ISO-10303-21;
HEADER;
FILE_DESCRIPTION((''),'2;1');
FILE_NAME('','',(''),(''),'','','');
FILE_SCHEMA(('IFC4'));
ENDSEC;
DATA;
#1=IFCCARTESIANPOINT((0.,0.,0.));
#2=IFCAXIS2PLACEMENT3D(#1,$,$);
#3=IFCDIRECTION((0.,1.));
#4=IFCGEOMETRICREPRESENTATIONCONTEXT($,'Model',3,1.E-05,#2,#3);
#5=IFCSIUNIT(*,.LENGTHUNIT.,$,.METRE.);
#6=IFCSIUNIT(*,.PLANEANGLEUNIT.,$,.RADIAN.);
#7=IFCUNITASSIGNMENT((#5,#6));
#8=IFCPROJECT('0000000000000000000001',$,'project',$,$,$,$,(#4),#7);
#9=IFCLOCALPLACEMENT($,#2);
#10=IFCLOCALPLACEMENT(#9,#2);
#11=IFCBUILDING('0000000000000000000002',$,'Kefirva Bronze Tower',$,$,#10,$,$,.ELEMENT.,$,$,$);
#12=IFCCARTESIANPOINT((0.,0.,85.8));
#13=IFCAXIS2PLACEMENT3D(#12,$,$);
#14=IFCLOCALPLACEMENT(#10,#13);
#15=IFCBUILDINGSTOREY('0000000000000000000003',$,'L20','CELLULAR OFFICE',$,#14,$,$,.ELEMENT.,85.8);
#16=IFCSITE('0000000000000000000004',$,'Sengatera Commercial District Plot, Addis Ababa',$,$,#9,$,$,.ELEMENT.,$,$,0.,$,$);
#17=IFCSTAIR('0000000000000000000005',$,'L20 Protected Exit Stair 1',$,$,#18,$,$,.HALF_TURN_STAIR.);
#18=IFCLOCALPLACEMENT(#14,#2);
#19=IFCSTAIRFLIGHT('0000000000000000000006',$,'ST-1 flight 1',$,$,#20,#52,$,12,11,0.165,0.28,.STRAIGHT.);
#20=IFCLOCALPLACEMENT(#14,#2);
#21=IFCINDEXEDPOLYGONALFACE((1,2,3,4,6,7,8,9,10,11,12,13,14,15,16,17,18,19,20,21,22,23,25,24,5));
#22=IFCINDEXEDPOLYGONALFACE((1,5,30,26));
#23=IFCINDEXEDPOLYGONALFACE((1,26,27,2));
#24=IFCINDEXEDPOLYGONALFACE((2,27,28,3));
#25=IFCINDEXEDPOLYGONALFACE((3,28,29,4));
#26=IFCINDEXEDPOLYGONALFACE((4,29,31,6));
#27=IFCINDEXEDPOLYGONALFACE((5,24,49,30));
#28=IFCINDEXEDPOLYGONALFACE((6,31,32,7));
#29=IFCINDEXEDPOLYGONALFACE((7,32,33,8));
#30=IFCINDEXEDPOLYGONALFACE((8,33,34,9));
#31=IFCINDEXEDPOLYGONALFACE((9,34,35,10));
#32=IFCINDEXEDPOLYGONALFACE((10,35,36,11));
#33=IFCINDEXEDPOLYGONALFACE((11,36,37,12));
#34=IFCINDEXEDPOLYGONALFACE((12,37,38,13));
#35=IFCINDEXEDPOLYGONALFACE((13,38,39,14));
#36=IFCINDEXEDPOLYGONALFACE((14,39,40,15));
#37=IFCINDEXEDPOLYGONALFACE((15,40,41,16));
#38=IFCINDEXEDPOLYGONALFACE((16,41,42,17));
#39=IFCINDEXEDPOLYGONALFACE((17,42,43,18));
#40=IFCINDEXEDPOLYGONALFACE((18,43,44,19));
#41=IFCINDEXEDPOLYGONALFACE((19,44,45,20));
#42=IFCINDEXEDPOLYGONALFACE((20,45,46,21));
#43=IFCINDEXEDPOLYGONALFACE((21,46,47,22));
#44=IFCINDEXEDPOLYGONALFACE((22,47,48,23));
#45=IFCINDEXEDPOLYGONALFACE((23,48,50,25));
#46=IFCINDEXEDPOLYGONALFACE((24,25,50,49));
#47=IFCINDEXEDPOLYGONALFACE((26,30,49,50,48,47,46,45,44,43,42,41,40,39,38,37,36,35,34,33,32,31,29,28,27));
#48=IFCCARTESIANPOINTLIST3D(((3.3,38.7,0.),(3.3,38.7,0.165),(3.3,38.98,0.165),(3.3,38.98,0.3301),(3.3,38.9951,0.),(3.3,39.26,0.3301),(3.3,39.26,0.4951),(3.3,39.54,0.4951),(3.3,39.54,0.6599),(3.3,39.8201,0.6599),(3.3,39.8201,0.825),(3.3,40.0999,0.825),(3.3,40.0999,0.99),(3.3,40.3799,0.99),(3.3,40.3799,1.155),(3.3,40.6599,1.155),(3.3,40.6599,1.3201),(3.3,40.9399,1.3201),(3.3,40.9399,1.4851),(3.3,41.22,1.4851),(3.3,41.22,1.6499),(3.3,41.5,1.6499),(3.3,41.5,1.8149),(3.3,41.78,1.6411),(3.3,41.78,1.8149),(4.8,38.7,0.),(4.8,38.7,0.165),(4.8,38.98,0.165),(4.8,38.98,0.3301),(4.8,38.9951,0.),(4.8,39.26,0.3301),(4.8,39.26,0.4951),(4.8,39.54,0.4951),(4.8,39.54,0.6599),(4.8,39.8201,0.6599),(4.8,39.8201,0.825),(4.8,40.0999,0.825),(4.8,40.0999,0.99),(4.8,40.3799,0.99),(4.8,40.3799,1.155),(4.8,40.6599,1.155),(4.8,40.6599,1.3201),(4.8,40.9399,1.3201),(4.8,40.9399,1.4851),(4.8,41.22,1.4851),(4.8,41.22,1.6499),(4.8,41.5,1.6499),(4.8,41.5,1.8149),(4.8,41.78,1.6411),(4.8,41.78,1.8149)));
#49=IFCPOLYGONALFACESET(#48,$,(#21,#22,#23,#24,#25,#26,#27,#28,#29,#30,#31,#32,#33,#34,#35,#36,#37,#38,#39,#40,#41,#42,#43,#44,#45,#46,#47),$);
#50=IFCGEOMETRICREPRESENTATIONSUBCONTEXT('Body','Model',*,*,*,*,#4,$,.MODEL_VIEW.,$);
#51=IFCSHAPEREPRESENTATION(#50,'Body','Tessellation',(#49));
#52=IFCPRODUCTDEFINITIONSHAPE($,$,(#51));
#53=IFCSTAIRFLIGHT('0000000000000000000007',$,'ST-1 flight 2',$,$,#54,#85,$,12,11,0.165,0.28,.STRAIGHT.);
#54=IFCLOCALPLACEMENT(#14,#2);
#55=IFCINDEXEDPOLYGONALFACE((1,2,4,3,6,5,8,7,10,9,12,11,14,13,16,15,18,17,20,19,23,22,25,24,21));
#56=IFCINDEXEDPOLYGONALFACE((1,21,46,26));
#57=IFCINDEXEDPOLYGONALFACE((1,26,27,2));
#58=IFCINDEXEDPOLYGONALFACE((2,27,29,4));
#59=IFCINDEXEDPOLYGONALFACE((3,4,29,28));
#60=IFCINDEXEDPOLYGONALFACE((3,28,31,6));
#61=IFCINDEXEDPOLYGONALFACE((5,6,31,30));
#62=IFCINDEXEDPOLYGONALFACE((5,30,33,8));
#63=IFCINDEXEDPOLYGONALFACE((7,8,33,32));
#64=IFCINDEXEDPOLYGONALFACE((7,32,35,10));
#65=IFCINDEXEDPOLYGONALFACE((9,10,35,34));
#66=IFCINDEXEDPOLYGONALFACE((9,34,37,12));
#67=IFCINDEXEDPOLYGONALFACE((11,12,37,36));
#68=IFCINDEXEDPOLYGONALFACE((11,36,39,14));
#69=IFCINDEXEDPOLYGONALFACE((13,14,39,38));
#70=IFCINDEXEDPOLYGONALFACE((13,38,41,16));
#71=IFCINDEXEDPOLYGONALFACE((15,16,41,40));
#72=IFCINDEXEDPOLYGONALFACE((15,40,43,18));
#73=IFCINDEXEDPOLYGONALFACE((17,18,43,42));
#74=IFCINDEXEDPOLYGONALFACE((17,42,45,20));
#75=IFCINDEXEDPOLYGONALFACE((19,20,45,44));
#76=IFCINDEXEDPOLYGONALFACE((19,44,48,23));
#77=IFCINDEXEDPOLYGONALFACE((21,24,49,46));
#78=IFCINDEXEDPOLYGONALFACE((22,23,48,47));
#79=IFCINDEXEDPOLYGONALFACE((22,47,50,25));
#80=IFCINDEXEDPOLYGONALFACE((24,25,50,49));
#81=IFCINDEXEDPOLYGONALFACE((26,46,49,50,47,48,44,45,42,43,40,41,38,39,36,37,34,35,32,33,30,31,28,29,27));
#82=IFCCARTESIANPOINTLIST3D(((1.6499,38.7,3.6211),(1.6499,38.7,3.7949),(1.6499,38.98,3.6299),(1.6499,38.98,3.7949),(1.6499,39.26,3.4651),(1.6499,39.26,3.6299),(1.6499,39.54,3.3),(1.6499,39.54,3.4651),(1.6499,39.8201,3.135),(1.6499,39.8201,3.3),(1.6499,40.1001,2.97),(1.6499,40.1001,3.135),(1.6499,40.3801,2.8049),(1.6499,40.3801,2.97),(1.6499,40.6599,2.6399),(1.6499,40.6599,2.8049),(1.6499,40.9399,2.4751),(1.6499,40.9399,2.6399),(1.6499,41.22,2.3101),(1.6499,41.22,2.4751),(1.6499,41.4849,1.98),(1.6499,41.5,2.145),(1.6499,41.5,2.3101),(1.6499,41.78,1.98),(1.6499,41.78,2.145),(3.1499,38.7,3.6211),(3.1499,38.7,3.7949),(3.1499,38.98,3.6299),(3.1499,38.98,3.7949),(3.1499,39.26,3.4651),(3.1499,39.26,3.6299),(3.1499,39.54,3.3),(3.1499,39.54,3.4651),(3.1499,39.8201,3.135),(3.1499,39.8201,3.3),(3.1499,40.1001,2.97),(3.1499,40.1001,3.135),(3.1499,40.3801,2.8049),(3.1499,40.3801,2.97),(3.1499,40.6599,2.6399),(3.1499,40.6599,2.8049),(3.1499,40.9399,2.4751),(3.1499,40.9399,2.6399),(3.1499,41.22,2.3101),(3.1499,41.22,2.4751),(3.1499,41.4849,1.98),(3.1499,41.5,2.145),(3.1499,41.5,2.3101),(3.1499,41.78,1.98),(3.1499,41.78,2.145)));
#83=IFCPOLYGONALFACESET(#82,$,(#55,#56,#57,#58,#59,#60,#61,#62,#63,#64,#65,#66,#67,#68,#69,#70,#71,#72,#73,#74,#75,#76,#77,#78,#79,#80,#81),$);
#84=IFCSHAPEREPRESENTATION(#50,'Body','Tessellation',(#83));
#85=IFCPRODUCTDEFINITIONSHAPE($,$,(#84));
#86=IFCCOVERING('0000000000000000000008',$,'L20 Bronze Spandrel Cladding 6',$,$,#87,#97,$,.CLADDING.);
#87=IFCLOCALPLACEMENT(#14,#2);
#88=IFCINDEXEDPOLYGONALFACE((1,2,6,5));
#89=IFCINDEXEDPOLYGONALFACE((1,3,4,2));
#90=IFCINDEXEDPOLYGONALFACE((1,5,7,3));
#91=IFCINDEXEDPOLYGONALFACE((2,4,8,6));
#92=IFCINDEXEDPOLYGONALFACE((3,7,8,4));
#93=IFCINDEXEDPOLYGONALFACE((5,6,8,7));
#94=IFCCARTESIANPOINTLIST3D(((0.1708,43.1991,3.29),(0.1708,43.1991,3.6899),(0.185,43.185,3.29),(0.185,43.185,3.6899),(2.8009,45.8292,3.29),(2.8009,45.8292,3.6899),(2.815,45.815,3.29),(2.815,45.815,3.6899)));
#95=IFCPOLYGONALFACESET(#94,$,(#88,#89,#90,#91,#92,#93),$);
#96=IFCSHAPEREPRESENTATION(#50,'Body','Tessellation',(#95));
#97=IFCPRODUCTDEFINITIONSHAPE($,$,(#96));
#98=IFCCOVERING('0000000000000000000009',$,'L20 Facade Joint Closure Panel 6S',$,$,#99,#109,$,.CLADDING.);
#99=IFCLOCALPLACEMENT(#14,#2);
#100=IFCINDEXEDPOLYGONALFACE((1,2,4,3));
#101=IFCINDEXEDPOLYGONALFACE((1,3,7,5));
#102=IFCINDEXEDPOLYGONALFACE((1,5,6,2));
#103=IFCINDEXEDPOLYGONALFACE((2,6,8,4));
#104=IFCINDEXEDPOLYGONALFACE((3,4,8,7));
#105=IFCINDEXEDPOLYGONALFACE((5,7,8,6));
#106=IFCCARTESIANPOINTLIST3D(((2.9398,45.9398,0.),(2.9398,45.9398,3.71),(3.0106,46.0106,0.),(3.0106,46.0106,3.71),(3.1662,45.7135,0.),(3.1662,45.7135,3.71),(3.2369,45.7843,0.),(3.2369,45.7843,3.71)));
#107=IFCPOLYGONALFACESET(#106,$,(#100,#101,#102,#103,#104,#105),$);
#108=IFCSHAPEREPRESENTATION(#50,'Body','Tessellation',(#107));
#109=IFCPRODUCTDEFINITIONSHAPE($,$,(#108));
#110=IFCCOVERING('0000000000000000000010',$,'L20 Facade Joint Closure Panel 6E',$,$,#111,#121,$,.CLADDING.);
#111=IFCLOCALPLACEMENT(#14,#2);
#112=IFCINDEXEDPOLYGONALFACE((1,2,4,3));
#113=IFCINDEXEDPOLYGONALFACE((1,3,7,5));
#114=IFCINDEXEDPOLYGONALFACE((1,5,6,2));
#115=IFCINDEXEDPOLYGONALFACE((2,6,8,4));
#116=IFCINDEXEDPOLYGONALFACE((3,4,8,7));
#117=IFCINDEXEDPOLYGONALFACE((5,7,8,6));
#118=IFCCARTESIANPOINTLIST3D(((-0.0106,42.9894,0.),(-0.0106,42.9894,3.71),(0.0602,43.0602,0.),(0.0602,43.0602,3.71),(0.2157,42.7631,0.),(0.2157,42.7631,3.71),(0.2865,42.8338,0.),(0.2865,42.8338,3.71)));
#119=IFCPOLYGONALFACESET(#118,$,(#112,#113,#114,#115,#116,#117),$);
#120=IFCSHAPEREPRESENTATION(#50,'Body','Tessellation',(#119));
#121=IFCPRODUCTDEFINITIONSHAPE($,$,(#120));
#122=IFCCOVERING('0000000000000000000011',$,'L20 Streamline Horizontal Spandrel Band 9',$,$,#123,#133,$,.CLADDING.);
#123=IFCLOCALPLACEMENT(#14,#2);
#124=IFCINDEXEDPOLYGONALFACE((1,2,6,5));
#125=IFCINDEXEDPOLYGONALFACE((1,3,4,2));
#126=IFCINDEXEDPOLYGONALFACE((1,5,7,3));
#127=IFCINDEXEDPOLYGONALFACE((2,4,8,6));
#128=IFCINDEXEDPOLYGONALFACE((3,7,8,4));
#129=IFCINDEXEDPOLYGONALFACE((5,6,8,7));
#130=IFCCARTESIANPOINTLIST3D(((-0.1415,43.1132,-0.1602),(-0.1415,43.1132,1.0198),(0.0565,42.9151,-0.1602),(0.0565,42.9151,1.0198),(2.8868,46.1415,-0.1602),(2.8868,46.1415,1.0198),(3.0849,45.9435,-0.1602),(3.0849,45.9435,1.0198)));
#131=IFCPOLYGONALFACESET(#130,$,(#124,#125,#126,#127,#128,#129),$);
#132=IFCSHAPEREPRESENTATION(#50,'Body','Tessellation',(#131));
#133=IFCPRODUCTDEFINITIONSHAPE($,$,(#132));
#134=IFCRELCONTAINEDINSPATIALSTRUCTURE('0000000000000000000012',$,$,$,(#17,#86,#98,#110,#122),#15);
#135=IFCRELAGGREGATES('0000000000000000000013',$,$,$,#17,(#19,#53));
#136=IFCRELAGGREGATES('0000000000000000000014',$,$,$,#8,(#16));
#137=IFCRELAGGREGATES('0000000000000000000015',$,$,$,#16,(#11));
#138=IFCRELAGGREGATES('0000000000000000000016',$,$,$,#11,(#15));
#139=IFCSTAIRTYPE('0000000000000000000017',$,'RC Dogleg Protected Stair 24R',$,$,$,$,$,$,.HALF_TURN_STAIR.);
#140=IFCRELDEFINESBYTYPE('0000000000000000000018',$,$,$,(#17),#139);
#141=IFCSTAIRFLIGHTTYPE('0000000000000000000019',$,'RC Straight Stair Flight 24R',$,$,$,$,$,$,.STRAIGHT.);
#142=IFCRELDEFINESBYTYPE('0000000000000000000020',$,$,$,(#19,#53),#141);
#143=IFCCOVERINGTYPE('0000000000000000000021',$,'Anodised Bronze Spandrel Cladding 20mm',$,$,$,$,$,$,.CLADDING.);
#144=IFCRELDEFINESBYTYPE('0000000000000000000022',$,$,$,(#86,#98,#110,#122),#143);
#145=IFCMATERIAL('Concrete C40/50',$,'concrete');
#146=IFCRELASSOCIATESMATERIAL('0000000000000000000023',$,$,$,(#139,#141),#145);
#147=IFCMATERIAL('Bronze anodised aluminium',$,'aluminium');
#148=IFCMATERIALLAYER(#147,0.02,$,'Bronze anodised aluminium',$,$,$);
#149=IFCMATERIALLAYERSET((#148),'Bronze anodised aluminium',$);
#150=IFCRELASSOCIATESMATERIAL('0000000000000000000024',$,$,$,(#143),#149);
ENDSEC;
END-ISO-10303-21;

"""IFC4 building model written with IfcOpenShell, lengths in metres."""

from ifc_helpers import new_model, si_unit, direction, frame, origin, origin_2d, place, context, subcontext, project, spatial, polyline, rectangle, outline, extrude, material, layer, layer_set, type_object, element, aggregate, save


model = new_model("IFC4")

# Units and contexts
model_context = context("Model", 3, precision=1e-05, world=origin(), true_north=direction((0.0, 1.0)))
body_context = subcontext(model_context, "Body", "Model", "MODEL_VIEW")
ifc_project = project(units=[si_unit("LENGTHUNIT", "METRE"), si_unit("PLANEANGLEUNIT", "RADIAN")], contexts=[model_context])

# Site, building, storey
site_placement = place(None, origin())
site = spatial("IfcSite", under=ifc_project, at=site_placement, Name="Sengatera Commercial District Plot, Addis Ababa", CompositionType="ELEMENT", RefElevation=0.0)
building_placement = place(site_placement, origin())
building = spatial("IfcBuilding", under=site, at=building_placement, Name="Kefirva Bronze Tower", CompositionType="ELEMENT")
storey_placement = place(building_placement, frame((0.0, 0.0, 85.8)))
storey = spatial("IfcBuildingStorey", under=building, at=storey_placement, Name="L20", Description="CELLULAR OFFICE", CompositionType="ELEMENT", Elevation=85.8)

# Shared definitions
ifc_material_1 = material(Name="Bronze anodised aluminium", Category="aluminium")

# Stair, stair flights
ifc_material_2 = material(Name="Concrete C40/50", Category="concrete")
stair_type = type_object("IfcStairType", Name="RC Dogleg Protected Stair 24R", PredefinedType="HALF_TURN_STAIR", material=ifc_material_2)
stair_placement = place(storey_placement, origin())
stair = element("IfcStair", 1, at=stair_placement, inside=storey, type_object=stair_type, Name="L20 Protected Exit Stair 1", PredefinedType="HALF_TURN_STAIR")
stair_flight_type = type_object("IfcStairFlightType", Name="RC Straight Stair Flight 24R", PredefinedType="STRAIGHT", material=ifc_material_2)
stair_flight_1_placement = place(storey_placement, frame((4.05, 38.7, 0.0), z_axis=(0.0, 0.0, 1.0), x_axis=(0.0, 1.0, 0.0)))
stair_flight_1 = element("IfcStairFlight", 2, at=stair_flight_1_placement, type_object=stair_flight_type, Name="ST-1 flight 1", NumberOfRisers=12, NumberOfTreads=11, PredefinedType="STRAIGHT", RiserHeight=0.165, TreadLength=0.28, context=body_context, shape_type="SweptSolid", body=[
    extrude(outline(polyline([(0.0, 0.0), (0.0, 0.165), (0.28, 0.165), (0.28, 0.3301), (0.5601, 0.3301), (0.5601, 0.4951), (0.8401, 0.4951), (0.8401, 0.6599), (1.1201, 0.6599), (1.1201, 0.825), (1.3999, 0.825), (1.3999, 0.99), (1.6799, 0.99), (1.6799, 1.155), (1.96, 1.155), (1.96, 1.3201), (2.24, 1.3201), (2.24, 1.4851), (2.52, 1.4851), (2.52, 1.6499), (2.8, 1.6499), (2.8, 1.8149), (3.0801, 1.8149), (3.0801, 1.98), (3.0801, 1.6411), (0.2952, 0.0), (0.0, 0.0)])), frame((0.0, 0.75, 0.0), z_axis=(0.0, -1.0, 0.0), x_axis=(1.0, 0.0, 0.0)), (0.0, 0.0, 1.0), 1.5),
])
stair_flight_2_placement = place(storey_placement, frame((2.3999, 41.78, 1.98), z_axis=(0.0, 0.0, 1.0), x_axis=(0.0, -1.0, 0.0)))
stair_flight_2 = element("IfcStairFlight", 3, at=stair_flight_2_placement, type_object=stair_flight_type, Name="ST-1 flight 2", NumberOfRisers=12, NumberOfTreads=11, PredefinedType="STRAIGHT", RiserHeight=0.165, TreadLength=0.28, context=body_context, shape_type="SweptSolid", body=[
    extrude(outline(polyline([(0.0, 0.0), (0.0, 0.165), (0.28, 0.165), (0.28, 0.3301), (0.5601, 0.3301), (0.5601, 0.4951), (0.8401, 0.4951), (0.8401, 0.6599), (1.1201, 0.6599), (1.1201, 0.825), (1.3999, 0.825), (1.3999, 0.99), (1.6799, 0.99), (1.6799, 1.155), (1.96, 1.155), (1.96, 1.3201), (2.24, 1.3201), (2.24, 1.4851), (2.52, 1.4851), (2.52, 1.6499), (2.8, 1.6499), (2.8, 1.8149), (3.0801, 1.8149), (3.0801, 1.98), (3.0801, 1.6411), (0.2952, 0.0), (0.0, 0.0)])), frame((0.0, 0.75, 0.0), z_axis=(0.0, -1.0, 0.0), x_axis=(1.0, 0.0, 0.0)), (0.0, 0.0, 1.0), 1.5),
])
aggregate(stair, [stair_flight_1, stair_flight_2])

# Coverings
ifc_layer_1 = layer(ifc_material_1, 0.02, Name="Bronze anodised aluminium")
ifc_layer_set_1 = layer_set([ifc_layer_1], Name="Bronze anodised aluminium")
covering_type_1 = type_object("IfcCoveringType", Name="Anodised Bronze Spandrel Cladding 20mm", PredefinedType="CLADDING", material=ifc_layer_set_1)
covering_1_placement = place(storey_placement, frame((1.4929, 44.5071, 3.29), z_axis=(0.0, 0.0, 1.0), x_axis=(-0.707107, -0.707107, 0.0)))
element("IfcCovering", 4, at=covering_1_placement, inside=storey, type_object=covering_type_1, Name="L20 Bronze Spandrel Cladding 6", PredefinedType="CLADDING", context=body_context, shape_type="SweptSolid", body=[
    extrude(rectangle(XDim=3.7195, YDim=0.02, at=origin_2d()), origin(), (0.0, 0.0, 1.0), 0.3999),
])
for number, where, z_axis, x_axis, name in (
    (5, (3.0884, 45.8621, 0.0), (0.0, 0.0, 1.0), (-0.707107, -0.707107, 0.0), "L20 Facade Joint Closure Panel 6S"),
    (6, (0.1379, 42.9116, 0.0), (0.0, 0.0, 1.0), (-0.707107, -0.707107, 0.0), "L20 Facade Joint Closure Panel 6E"),
):
    element("IfcCovering", number, at=place(storey_placement, frame(where, z_axis=z_axis, x_axis=x_axis)), inside=storey, type_object=covering_type_1, Name=name, PredefinedType="CLADDING", context=body_context, shape_type="SweptSolid", body=[
        extrude(rectangle(XDim=0.1001, YDim=0.3201, at=origin_2d()), origin(), (0.0, 0.0, 1.0), 3.71),
    ])
covering_2_placement = place(storey_placement, frame((1.4717, 44.5283, -0.1602), z_axis=(0.0, 0.0, 1.0), x_axis=(-0.707107, -0.707107, 0.0)))
element("IfcCovering", 7, at=covering_2_placement, inside=storey, type_object=covering_type_1, Name="L20 Streamline Horizontal Spandrel Band 9", PredefinedType="CLADDING", context=body_context, shape_type="SweptSolid", body=[
    extrude(rectangle(XDim=4.2827, YDim=0.28, at=origin_2d()), origin(), (0.0, 0.0, 1.0), 1.1799),
])

save(model, "model.ifc")
